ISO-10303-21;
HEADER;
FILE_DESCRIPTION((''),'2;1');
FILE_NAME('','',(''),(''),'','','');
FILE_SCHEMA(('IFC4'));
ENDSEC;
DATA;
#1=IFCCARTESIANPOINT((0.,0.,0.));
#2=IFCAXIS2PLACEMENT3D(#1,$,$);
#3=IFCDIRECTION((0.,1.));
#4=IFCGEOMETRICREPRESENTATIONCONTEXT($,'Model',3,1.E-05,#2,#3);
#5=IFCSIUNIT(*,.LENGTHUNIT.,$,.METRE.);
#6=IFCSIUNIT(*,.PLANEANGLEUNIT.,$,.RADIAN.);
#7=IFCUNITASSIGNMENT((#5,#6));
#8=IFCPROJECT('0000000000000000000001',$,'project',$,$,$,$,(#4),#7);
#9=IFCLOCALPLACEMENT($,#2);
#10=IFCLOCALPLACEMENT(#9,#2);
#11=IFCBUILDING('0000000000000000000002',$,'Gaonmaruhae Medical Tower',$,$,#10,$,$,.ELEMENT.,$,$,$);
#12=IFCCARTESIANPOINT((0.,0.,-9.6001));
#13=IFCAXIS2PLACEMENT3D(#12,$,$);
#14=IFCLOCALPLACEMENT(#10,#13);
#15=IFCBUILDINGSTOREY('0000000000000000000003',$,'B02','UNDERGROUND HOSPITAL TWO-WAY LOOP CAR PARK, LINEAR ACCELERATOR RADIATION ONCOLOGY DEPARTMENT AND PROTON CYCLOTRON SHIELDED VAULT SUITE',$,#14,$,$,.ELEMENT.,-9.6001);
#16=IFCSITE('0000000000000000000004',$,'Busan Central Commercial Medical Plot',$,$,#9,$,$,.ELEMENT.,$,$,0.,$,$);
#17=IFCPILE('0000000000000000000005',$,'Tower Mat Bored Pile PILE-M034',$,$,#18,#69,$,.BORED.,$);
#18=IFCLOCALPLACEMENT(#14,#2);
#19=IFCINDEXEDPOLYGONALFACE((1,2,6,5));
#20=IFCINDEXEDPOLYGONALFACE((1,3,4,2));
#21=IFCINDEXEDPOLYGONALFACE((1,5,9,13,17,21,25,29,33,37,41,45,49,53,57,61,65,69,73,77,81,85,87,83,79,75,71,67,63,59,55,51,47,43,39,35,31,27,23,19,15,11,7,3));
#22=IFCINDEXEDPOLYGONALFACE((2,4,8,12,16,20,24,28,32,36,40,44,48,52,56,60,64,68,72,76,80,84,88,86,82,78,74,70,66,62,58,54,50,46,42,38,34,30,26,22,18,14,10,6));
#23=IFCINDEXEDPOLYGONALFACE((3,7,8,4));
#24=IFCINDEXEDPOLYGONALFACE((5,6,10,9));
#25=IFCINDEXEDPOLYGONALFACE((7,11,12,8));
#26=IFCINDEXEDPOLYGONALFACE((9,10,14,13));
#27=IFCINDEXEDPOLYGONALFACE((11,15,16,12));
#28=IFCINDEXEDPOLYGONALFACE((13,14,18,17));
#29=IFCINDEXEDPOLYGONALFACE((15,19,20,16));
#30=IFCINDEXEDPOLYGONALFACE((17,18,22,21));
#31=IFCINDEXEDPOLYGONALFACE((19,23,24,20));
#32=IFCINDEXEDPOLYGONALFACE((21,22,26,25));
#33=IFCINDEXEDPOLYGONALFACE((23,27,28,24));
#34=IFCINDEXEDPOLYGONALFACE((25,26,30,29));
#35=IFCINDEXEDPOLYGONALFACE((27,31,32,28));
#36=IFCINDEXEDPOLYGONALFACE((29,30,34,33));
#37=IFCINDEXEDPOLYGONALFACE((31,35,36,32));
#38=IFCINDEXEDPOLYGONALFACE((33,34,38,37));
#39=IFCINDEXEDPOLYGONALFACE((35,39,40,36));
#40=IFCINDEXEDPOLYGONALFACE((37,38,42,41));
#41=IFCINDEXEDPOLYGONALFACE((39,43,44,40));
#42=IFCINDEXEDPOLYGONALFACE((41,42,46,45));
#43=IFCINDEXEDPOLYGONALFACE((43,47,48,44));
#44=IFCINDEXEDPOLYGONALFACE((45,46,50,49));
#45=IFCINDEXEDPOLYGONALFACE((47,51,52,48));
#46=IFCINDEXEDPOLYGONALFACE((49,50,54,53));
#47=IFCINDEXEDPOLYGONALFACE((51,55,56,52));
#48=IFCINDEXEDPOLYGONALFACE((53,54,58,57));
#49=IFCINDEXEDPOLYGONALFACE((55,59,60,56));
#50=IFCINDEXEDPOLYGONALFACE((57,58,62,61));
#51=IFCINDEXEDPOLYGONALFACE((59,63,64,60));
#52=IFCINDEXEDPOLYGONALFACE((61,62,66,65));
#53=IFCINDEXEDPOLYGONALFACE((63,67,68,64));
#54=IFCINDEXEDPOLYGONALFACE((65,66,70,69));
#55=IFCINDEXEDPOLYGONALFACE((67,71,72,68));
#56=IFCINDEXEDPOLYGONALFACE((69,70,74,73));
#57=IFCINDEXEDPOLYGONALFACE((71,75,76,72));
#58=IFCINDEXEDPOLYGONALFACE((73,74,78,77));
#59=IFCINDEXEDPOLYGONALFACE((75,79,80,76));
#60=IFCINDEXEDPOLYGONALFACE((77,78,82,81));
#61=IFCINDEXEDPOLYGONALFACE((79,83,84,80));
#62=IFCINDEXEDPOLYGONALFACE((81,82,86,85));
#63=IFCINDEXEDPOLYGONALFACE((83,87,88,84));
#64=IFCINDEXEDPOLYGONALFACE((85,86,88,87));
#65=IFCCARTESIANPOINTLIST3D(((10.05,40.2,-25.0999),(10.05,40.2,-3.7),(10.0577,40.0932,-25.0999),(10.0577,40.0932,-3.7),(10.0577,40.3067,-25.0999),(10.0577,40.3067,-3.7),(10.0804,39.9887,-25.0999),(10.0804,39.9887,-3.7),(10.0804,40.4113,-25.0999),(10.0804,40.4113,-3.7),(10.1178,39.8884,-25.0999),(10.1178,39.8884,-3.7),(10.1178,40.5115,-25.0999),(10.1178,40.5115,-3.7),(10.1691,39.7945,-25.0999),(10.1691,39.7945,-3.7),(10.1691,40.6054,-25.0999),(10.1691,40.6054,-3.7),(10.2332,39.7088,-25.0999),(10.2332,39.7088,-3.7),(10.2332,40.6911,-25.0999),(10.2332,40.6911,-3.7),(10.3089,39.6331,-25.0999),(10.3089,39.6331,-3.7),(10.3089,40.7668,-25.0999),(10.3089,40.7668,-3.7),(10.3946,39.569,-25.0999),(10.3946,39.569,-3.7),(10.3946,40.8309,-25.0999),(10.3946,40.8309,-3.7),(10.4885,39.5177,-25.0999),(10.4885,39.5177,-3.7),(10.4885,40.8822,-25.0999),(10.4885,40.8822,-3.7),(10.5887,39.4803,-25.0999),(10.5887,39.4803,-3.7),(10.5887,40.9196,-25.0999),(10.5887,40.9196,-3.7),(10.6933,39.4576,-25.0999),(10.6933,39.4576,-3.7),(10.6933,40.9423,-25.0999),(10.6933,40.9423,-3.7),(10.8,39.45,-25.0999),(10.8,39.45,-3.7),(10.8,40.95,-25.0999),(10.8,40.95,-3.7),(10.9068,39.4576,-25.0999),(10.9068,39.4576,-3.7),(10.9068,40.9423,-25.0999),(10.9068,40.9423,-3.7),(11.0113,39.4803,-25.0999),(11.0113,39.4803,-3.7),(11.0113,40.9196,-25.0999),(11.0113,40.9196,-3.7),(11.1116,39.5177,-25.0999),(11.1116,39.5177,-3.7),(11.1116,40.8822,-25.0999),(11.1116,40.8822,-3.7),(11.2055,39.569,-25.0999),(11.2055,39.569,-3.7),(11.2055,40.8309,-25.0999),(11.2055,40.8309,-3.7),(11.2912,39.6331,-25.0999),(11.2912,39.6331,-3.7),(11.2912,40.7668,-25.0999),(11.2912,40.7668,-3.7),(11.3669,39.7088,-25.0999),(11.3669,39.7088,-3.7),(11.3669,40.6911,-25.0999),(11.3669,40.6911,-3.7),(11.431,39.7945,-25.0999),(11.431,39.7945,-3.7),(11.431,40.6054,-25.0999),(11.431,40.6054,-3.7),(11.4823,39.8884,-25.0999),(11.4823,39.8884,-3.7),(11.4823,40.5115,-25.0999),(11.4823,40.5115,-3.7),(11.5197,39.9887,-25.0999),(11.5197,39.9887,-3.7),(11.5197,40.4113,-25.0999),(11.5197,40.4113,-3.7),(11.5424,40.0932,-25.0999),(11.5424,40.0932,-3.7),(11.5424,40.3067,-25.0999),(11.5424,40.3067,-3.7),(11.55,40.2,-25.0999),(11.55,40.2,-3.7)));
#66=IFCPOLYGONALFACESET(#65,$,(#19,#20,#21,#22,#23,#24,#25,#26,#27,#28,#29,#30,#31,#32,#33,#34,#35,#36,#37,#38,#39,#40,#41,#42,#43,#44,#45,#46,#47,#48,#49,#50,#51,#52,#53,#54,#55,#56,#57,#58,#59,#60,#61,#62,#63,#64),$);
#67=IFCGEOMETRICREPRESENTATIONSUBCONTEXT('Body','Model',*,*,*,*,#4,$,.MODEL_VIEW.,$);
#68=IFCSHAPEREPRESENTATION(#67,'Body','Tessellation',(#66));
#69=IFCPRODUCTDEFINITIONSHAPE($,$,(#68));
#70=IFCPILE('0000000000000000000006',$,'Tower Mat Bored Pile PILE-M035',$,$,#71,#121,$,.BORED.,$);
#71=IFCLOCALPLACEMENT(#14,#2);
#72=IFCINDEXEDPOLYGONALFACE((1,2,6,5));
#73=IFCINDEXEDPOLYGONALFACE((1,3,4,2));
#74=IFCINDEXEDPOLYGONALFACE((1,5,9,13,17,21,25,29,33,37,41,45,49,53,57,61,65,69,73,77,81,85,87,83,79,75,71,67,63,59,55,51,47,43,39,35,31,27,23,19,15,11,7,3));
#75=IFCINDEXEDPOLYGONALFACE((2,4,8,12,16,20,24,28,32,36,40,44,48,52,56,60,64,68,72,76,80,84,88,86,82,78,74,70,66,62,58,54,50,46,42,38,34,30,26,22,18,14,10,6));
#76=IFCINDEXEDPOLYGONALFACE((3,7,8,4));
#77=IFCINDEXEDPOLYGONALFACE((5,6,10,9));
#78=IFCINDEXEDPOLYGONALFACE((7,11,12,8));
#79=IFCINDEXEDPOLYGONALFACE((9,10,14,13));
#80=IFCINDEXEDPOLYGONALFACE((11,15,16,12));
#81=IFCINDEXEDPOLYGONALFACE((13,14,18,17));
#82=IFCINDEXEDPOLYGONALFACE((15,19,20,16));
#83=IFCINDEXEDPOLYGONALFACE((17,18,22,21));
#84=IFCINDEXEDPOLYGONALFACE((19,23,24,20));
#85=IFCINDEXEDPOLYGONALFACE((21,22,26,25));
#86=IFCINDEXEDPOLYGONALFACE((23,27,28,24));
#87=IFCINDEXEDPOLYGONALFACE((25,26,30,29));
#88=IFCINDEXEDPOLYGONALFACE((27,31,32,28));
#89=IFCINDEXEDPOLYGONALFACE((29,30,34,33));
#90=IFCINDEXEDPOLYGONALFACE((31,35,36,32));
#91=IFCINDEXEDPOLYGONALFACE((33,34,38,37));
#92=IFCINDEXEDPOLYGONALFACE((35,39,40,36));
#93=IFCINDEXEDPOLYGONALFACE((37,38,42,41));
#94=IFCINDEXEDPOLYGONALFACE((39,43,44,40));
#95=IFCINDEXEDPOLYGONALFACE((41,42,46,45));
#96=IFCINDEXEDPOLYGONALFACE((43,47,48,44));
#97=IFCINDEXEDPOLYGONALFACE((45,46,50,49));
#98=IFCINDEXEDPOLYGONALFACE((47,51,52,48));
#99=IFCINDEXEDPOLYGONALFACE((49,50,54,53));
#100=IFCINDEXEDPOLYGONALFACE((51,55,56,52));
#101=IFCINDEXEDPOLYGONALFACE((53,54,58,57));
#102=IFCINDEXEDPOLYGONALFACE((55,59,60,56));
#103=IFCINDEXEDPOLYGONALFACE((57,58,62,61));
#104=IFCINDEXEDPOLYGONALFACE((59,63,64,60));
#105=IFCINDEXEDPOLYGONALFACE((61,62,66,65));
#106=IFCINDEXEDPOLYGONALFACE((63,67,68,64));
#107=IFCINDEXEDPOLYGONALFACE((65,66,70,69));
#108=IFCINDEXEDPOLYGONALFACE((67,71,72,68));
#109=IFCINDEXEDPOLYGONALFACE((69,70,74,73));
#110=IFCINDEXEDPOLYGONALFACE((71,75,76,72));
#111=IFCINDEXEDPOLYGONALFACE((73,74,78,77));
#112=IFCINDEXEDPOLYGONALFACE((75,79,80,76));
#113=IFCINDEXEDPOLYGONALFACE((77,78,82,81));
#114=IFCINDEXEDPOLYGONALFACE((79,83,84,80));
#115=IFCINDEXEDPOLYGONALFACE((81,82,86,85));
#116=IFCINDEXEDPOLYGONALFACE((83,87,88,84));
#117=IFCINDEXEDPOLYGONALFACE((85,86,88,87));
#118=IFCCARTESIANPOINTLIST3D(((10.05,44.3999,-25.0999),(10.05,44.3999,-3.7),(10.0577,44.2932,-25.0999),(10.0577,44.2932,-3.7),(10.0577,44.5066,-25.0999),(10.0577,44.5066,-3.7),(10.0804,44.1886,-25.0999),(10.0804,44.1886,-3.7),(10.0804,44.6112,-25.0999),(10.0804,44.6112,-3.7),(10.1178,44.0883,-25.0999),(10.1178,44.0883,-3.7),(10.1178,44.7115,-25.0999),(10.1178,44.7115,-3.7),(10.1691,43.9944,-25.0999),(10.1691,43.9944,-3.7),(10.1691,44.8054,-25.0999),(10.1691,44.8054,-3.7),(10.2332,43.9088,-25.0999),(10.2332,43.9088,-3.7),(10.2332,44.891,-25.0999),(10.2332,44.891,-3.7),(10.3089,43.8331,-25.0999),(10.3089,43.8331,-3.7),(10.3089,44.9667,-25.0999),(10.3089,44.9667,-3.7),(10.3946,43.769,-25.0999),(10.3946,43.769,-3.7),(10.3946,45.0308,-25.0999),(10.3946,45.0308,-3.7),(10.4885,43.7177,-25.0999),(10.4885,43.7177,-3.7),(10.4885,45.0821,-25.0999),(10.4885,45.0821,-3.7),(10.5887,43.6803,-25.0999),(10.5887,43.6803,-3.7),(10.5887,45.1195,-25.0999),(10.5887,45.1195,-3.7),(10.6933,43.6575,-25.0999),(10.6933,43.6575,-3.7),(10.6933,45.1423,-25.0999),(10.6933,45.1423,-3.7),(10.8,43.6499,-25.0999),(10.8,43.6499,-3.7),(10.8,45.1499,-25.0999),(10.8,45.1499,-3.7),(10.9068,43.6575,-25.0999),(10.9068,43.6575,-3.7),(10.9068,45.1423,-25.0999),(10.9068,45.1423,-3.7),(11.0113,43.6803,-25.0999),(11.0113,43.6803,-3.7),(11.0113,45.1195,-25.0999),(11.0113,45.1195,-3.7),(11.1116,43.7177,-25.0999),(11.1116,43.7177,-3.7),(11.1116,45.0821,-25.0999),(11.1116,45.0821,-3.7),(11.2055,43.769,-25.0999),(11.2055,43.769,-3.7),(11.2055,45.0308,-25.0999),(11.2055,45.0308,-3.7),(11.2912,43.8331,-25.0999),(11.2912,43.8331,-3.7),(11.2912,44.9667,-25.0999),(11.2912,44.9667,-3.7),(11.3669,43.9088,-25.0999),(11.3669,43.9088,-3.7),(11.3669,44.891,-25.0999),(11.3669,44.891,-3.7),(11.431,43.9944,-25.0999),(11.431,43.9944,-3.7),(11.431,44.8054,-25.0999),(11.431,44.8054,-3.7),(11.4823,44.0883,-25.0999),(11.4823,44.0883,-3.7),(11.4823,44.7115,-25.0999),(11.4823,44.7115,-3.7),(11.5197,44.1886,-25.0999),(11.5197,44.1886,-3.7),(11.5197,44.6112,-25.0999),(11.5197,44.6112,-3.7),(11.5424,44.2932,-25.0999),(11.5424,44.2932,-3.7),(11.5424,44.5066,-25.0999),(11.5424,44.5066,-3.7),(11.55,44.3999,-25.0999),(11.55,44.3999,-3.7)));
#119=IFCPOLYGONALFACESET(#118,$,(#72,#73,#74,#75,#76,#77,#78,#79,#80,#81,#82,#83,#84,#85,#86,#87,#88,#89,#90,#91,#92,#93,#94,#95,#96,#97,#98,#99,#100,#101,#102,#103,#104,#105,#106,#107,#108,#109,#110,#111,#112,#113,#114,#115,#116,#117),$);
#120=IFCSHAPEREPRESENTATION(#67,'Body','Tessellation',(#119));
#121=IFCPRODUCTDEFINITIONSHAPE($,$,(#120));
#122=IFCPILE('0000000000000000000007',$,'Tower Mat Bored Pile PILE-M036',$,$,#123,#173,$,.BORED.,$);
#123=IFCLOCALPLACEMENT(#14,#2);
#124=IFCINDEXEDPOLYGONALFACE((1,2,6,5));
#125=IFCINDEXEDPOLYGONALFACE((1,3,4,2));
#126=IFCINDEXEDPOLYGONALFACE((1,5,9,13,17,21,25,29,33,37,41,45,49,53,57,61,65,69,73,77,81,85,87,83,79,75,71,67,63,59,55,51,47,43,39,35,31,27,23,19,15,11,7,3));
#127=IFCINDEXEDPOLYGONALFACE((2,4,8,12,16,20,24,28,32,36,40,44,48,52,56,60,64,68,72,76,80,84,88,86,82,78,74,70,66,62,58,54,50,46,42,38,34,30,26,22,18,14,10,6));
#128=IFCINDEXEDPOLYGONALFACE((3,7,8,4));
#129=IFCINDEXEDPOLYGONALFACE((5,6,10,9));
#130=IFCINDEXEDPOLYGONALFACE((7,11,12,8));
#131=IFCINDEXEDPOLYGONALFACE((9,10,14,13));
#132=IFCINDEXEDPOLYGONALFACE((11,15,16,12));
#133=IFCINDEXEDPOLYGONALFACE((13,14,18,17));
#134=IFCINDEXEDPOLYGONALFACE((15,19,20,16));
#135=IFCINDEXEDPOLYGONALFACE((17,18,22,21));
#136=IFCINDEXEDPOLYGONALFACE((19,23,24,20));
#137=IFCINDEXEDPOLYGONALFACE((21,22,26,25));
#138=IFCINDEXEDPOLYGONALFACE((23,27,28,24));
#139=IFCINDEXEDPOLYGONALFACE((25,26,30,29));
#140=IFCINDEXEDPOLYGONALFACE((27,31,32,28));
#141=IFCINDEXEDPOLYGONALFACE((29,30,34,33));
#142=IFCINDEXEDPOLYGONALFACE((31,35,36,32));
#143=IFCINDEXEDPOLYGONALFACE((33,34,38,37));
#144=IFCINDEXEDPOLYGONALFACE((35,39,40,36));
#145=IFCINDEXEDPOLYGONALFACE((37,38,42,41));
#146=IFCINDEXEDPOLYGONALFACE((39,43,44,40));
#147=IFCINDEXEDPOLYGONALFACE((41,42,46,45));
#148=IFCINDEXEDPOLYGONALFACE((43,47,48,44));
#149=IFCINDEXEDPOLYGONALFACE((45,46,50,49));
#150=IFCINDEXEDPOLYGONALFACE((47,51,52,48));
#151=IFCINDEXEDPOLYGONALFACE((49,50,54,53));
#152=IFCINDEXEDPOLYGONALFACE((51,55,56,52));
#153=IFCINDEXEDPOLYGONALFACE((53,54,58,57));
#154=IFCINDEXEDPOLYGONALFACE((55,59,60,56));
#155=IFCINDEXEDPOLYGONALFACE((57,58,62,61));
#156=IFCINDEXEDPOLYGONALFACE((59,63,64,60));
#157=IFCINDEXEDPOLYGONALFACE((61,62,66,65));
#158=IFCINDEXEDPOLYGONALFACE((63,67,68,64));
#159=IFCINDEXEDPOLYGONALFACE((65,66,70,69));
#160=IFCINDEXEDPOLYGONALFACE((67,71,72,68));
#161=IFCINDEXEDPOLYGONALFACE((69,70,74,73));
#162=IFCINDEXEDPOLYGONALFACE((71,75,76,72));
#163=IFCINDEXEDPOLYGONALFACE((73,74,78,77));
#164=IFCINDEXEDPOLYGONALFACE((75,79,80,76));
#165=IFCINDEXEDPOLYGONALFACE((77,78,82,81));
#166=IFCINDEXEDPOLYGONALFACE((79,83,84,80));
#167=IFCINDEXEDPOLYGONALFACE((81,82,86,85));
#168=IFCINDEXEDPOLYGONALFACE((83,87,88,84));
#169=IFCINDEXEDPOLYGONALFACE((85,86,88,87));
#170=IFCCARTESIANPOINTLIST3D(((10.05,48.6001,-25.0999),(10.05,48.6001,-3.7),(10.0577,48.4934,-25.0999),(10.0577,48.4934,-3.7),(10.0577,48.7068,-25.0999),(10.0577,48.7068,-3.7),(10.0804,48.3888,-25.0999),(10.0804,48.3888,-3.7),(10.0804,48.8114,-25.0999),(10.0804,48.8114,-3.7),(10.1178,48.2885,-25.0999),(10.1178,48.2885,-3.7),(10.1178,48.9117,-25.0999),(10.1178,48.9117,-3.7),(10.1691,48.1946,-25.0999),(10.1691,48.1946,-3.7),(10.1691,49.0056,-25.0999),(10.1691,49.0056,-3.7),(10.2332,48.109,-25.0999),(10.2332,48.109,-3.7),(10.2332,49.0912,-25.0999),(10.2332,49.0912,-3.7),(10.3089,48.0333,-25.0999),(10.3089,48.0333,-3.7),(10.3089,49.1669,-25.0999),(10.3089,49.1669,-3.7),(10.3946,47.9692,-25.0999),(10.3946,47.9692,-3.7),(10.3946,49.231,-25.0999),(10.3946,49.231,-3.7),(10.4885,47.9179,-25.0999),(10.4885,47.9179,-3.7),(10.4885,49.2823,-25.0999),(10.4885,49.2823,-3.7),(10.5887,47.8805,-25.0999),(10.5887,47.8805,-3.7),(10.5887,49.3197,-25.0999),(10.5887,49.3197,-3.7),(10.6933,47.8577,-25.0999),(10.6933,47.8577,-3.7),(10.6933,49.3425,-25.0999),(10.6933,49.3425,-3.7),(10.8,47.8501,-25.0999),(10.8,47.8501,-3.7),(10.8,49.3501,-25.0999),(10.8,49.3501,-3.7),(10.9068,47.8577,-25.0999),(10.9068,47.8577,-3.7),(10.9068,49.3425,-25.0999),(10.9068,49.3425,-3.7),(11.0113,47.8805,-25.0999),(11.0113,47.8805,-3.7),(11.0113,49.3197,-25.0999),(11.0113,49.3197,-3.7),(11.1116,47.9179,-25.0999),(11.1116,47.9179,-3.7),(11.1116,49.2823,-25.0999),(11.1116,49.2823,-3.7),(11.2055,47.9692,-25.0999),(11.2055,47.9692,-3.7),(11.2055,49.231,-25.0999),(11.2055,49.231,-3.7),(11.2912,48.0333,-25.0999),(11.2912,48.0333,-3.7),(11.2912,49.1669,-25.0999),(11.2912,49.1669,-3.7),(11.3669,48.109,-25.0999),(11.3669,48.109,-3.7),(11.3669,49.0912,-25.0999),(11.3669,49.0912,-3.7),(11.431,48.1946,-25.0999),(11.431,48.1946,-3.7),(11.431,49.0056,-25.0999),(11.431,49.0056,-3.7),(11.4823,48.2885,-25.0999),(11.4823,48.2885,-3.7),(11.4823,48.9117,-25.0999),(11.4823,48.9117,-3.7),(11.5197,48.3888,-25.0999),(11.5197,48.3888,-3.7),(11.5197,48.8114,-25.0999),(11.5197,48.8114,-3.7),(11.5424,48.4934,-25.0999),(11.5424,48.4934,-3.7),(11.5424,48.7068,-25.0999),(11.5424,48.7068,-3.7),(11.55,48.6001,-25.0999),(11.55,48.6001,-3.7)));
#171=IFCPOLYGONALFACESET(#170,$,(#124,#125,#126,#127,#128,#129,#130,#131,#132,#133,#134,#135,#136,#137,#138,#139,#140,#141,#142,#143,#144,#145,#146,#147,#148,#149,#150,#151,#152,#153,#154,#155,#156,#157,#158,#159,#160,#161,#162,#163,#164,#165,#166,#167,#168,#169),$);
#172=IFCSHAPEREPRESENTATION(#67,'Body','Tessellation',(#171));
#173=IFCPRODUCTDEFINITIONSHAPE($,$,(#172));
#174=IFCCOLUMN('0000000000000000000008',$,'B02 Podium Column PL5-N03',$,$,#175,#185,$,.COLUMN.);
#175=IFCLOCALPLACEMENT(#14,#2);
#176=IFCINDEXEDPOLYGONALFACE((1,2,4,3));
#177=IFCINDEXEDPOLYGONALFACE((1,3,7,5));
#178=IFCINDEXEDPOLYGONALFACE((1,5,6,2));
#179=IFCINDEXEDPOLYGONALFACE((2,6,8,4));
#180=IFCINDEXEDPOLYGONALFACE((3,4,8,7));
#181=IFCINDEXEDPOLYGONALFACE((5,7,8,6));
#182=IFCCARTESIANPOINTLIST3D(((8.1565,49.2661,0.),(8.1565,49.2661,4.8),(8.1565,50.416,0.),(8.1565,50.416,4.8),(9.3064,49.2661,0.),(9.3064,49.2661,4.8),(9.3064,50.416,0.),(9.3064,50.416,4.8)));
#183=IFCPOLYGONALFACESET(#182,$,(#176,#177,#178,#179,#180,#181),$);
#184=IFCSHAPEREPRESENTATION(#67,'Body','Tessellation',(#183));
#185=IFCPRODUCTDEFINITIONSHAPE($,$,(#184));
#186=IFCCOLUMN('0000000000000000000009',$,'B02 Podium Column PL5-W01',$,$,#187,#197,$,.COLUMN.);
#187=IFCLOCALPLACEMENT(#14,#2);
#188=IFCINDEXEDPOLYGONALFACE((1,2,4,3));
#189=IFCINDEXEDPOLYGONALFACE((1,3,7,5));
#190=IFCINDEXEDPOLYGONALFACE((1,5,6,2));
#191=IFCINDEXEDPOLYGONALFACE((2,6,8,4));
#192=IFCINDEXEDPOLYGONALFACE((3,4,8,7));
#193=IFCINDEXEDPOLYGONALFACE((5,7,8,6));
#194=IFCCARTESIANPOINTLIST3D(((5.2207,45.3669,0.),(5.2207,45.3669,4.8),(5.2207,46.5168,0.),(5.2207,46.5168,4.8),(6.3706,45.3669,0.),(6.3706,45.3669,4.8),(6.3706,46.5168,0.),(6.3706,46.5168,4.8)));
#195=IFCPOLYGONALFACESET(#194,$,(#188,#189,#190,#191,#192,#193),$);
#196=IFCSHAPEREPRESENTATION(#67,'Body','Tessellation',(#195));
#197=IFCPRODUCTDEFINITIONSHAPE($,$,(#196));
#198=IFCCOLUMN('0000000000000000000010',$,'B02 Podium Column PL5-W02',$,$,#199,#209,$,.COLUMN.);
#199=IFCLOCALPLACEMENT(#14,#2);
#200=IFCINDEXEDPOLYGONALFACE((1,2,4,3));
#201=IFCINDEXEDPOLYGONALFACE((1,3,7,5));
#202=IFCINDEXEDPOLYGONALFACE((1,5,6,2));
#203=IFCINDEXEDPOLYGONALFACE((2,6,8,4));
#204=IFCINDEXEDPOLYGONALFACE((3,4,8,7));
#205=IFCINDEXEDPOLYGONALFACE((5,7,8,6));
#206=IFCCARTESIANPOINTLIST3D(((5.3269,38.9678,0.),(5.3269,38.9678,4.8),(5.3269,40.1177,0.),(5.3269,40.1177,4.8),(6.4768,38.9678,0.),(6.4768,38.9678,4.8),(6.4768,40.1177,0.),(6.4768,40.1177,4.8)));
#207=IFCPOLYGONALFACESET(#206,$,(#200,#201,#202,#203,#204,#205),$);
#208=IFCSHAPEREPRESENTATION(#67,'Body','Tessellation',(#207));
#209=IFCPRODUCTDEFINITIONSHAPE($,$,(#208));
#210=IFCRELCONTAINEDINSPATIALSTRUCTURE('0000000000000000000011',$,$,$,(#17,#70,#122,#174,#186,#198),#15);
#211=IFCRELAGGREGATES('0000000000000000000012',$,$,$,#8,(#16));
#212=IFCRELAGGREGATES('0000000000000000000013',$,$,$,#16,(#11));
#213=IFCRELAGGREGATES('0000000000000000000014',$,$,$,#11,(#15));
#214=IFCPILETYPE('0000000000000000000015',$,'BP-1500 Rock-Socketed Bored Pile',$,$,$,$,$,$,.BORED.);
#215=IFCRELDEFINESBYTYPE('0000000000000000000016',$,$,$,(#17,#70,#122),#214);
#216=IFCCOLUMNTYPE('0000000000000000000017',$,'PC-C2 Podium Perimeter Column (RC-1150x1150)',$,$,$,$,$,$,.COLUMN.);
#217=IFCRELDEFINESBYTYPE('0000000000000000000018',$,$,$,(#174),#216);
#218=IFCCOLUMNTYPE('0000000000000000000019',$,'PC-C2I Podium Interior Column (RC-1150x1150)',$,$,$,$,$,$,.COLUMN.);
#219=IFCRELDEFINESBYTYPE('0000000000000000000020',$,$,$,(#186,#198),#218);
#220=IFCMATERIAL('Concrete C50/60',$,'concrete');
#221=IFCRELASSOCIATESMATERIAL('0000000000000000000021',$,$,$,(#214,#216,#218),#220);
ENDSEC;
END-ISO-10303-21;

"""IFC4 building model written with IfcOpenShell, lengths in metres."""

from ifc_helpers import new_model, si_unit, direction, frame, origin, origin_2d, place, context, subcontext, project, spatial, rectangle, circle, extrude, material, material_profile, profile_set, type_object, element, save


model = new_model("IFC4")

# Units and contexts
model_context = context("Model", 3, precision=1e-05, world=origin(), true_north=direction((0.0, 1.0)))
body_context = subcontext(model_context, "Body", "Model", "MODEL_VIEW")
ifc_project = project(units=[si_unit("LENGTHUNIT", "METRE"), si_unit("PLANEANGLEUNIT", "RADIAN")], contexts=[model_context])

# Site, building, storey
site_placement = place(None, origin())
site = spatial("IfcSite", under=ifc_project, at=site_placement, Name="Busan Central Commercial Medical Plot", CompositionType="ELEMENT", RefElevation=0.0)
building_placement = place(site_placement, origin())
building = spatial("IfcBuilding", under=site, at=building_placement, Name="Gaonmaruhae Medical Tower", CompositionType="ELEMENT")
storey_placement = place(building_placement, frame((0.0, 0.0, -9.6001)))
storey = spatial("IfcBuildingStorey", under=building, at=storey_placement, Name="B02", Description="UNDERGROUND HOSPITAL TWO-WAY LOOP CAR PARK, LINEAR ACCELERATOR RADIATION ONCOLOGY DEPARTMENT AND PROTON CYCLOTRON SHIELDED VAULT SUITE", CompositionType="ELEMENT", Elevation=-9.6001)

# Piles
ifc_material_1 = material(Name="Concrete C50/60", Category="concrete")
ifc_material_profile_1 = material_profile(ifc_material_1, circle(Radius=0.75, at=origin_2d()), Name="PILE-D1500")
ifc_profile_set_1 = profile_set([ifc_material_profile_1], Name="Concrete C50/60")
pile_type = type_object("IfcPileType", Name="BP-1500 Rock-Socketed Bored Pile", PredefinedType="BORED", material=ifc_profile_set_1)
for number, where, z_axis, x_axis, name in (
    (1, (10.8, 40.2, -3.7), (0.0, 0.0, -1.0), (1.0, 0.0, 0.0), "Tower Mat Bored Pile PILE-M034"),
    (2, (10.8, 44.3999, -3.7), (0.0, 0.0, -1.0), (1.0, 0.0, 0.0), "Tower Mat Bored Pile PILE-M035"),
    (3, (10.8, 48.6001, -3.7), (0.0, 0.0, -1.0), (1.0, 0.0, 0.0), "Tower Mat Bored Pile PILE-M036"),
):
    element("IfcPile", number, at=place(storey_placement, frame(where, z_axis=z_axis, x_axis=x_axis)), inside=storey, type_object=pile_type, Name=name, PredefinedType="BORED", context=body_context, shape_type="SweptSolid", body=[
        extrude(circle(Radius=0.75, at=origin_2d()), origin(), (0.0, 0.0, 1.0), 21.3999),
    ])

# Columns
ifc_material_profile_2 = material_profile(ifc_material_1, rectangle(XDim=1.1499, YDim=1.1499, at=origin_2d()), Name="RC-1150x1150")
ifc_profile_set_2 = profile_set([ifc_material_profile_2], Name="Concrete C50/60")
column_type_1 = type_object("IfcColumnType", Name="PC-C2 Podium Perimeter Column (RC-1150x1150)", PredefinedType="COLUMN", material=ifc_profile_set_2)
column_placement = place(storey_placement, frame((8.7314, 49.8411, 0.0), z_axis=(0.0, 0.0, 1.0), x_axis=(1.0, 0.0, 0.0)))
element("IfcColumn", 4, at=column_placement, inside=storey, type_object=column_type_1, Name="B02 Podium Column PL5-N03", PredefinedType="COLUMN", context=body_context, shape_type="SweptSolid", body=[
    extrude(rectangle(XDim=1.1499, YDim=1.1499, at=origin_2d()), origin(), (0.0, 0.0, 1.0), 4.8),
])
ifc_material_profile_3 = material_profile(ifc_material_1, rectangle(XDim=1.1499, YDim=1.1499, at=origin_2d()), Name="RC-1150x1150")
ifc_profile_set_3 = profile_set([ifc_material_profile_3], Name="Concrete C50/60")
column_type_2 = type_object("IfcColumnType", Name="PC-C2I Podium Interior Column (RC-1150x1150)", PredefinedType="COLUMN", material=ifc_profile_set_3)
for number, where, z_axis, x_axis, name in (
    (5, (5.7957, 45.9419, 0.0), (0.0, 0.0, 1.0), (1.0, 0.0, 0.0), "B02 Podium Column PL5-W01"),
    (6, (5.9019, 39.5427, 0.0), (0.0, 0.0, 1.0), (1.0, 0.0, 0.0), "B02 Podium Column PL5-W02"),
):
    element("IfcColumn", number, at=place(storey_placement, frame(where, z_axis=z_axis, x_axis=x_axis)), inside=storey, type_object=column_type_2, Name=name, PredefinedType="COLUMN", context=body_context, shape_type="SweptSolid", body=[
        extrude(rectangle(XDim=1.1499, YDim=1.1499, at=origin_2d()), origin(), (0.0, 0.0, 1.0), 4.8),
    ])

save(model, "model.ifc")
